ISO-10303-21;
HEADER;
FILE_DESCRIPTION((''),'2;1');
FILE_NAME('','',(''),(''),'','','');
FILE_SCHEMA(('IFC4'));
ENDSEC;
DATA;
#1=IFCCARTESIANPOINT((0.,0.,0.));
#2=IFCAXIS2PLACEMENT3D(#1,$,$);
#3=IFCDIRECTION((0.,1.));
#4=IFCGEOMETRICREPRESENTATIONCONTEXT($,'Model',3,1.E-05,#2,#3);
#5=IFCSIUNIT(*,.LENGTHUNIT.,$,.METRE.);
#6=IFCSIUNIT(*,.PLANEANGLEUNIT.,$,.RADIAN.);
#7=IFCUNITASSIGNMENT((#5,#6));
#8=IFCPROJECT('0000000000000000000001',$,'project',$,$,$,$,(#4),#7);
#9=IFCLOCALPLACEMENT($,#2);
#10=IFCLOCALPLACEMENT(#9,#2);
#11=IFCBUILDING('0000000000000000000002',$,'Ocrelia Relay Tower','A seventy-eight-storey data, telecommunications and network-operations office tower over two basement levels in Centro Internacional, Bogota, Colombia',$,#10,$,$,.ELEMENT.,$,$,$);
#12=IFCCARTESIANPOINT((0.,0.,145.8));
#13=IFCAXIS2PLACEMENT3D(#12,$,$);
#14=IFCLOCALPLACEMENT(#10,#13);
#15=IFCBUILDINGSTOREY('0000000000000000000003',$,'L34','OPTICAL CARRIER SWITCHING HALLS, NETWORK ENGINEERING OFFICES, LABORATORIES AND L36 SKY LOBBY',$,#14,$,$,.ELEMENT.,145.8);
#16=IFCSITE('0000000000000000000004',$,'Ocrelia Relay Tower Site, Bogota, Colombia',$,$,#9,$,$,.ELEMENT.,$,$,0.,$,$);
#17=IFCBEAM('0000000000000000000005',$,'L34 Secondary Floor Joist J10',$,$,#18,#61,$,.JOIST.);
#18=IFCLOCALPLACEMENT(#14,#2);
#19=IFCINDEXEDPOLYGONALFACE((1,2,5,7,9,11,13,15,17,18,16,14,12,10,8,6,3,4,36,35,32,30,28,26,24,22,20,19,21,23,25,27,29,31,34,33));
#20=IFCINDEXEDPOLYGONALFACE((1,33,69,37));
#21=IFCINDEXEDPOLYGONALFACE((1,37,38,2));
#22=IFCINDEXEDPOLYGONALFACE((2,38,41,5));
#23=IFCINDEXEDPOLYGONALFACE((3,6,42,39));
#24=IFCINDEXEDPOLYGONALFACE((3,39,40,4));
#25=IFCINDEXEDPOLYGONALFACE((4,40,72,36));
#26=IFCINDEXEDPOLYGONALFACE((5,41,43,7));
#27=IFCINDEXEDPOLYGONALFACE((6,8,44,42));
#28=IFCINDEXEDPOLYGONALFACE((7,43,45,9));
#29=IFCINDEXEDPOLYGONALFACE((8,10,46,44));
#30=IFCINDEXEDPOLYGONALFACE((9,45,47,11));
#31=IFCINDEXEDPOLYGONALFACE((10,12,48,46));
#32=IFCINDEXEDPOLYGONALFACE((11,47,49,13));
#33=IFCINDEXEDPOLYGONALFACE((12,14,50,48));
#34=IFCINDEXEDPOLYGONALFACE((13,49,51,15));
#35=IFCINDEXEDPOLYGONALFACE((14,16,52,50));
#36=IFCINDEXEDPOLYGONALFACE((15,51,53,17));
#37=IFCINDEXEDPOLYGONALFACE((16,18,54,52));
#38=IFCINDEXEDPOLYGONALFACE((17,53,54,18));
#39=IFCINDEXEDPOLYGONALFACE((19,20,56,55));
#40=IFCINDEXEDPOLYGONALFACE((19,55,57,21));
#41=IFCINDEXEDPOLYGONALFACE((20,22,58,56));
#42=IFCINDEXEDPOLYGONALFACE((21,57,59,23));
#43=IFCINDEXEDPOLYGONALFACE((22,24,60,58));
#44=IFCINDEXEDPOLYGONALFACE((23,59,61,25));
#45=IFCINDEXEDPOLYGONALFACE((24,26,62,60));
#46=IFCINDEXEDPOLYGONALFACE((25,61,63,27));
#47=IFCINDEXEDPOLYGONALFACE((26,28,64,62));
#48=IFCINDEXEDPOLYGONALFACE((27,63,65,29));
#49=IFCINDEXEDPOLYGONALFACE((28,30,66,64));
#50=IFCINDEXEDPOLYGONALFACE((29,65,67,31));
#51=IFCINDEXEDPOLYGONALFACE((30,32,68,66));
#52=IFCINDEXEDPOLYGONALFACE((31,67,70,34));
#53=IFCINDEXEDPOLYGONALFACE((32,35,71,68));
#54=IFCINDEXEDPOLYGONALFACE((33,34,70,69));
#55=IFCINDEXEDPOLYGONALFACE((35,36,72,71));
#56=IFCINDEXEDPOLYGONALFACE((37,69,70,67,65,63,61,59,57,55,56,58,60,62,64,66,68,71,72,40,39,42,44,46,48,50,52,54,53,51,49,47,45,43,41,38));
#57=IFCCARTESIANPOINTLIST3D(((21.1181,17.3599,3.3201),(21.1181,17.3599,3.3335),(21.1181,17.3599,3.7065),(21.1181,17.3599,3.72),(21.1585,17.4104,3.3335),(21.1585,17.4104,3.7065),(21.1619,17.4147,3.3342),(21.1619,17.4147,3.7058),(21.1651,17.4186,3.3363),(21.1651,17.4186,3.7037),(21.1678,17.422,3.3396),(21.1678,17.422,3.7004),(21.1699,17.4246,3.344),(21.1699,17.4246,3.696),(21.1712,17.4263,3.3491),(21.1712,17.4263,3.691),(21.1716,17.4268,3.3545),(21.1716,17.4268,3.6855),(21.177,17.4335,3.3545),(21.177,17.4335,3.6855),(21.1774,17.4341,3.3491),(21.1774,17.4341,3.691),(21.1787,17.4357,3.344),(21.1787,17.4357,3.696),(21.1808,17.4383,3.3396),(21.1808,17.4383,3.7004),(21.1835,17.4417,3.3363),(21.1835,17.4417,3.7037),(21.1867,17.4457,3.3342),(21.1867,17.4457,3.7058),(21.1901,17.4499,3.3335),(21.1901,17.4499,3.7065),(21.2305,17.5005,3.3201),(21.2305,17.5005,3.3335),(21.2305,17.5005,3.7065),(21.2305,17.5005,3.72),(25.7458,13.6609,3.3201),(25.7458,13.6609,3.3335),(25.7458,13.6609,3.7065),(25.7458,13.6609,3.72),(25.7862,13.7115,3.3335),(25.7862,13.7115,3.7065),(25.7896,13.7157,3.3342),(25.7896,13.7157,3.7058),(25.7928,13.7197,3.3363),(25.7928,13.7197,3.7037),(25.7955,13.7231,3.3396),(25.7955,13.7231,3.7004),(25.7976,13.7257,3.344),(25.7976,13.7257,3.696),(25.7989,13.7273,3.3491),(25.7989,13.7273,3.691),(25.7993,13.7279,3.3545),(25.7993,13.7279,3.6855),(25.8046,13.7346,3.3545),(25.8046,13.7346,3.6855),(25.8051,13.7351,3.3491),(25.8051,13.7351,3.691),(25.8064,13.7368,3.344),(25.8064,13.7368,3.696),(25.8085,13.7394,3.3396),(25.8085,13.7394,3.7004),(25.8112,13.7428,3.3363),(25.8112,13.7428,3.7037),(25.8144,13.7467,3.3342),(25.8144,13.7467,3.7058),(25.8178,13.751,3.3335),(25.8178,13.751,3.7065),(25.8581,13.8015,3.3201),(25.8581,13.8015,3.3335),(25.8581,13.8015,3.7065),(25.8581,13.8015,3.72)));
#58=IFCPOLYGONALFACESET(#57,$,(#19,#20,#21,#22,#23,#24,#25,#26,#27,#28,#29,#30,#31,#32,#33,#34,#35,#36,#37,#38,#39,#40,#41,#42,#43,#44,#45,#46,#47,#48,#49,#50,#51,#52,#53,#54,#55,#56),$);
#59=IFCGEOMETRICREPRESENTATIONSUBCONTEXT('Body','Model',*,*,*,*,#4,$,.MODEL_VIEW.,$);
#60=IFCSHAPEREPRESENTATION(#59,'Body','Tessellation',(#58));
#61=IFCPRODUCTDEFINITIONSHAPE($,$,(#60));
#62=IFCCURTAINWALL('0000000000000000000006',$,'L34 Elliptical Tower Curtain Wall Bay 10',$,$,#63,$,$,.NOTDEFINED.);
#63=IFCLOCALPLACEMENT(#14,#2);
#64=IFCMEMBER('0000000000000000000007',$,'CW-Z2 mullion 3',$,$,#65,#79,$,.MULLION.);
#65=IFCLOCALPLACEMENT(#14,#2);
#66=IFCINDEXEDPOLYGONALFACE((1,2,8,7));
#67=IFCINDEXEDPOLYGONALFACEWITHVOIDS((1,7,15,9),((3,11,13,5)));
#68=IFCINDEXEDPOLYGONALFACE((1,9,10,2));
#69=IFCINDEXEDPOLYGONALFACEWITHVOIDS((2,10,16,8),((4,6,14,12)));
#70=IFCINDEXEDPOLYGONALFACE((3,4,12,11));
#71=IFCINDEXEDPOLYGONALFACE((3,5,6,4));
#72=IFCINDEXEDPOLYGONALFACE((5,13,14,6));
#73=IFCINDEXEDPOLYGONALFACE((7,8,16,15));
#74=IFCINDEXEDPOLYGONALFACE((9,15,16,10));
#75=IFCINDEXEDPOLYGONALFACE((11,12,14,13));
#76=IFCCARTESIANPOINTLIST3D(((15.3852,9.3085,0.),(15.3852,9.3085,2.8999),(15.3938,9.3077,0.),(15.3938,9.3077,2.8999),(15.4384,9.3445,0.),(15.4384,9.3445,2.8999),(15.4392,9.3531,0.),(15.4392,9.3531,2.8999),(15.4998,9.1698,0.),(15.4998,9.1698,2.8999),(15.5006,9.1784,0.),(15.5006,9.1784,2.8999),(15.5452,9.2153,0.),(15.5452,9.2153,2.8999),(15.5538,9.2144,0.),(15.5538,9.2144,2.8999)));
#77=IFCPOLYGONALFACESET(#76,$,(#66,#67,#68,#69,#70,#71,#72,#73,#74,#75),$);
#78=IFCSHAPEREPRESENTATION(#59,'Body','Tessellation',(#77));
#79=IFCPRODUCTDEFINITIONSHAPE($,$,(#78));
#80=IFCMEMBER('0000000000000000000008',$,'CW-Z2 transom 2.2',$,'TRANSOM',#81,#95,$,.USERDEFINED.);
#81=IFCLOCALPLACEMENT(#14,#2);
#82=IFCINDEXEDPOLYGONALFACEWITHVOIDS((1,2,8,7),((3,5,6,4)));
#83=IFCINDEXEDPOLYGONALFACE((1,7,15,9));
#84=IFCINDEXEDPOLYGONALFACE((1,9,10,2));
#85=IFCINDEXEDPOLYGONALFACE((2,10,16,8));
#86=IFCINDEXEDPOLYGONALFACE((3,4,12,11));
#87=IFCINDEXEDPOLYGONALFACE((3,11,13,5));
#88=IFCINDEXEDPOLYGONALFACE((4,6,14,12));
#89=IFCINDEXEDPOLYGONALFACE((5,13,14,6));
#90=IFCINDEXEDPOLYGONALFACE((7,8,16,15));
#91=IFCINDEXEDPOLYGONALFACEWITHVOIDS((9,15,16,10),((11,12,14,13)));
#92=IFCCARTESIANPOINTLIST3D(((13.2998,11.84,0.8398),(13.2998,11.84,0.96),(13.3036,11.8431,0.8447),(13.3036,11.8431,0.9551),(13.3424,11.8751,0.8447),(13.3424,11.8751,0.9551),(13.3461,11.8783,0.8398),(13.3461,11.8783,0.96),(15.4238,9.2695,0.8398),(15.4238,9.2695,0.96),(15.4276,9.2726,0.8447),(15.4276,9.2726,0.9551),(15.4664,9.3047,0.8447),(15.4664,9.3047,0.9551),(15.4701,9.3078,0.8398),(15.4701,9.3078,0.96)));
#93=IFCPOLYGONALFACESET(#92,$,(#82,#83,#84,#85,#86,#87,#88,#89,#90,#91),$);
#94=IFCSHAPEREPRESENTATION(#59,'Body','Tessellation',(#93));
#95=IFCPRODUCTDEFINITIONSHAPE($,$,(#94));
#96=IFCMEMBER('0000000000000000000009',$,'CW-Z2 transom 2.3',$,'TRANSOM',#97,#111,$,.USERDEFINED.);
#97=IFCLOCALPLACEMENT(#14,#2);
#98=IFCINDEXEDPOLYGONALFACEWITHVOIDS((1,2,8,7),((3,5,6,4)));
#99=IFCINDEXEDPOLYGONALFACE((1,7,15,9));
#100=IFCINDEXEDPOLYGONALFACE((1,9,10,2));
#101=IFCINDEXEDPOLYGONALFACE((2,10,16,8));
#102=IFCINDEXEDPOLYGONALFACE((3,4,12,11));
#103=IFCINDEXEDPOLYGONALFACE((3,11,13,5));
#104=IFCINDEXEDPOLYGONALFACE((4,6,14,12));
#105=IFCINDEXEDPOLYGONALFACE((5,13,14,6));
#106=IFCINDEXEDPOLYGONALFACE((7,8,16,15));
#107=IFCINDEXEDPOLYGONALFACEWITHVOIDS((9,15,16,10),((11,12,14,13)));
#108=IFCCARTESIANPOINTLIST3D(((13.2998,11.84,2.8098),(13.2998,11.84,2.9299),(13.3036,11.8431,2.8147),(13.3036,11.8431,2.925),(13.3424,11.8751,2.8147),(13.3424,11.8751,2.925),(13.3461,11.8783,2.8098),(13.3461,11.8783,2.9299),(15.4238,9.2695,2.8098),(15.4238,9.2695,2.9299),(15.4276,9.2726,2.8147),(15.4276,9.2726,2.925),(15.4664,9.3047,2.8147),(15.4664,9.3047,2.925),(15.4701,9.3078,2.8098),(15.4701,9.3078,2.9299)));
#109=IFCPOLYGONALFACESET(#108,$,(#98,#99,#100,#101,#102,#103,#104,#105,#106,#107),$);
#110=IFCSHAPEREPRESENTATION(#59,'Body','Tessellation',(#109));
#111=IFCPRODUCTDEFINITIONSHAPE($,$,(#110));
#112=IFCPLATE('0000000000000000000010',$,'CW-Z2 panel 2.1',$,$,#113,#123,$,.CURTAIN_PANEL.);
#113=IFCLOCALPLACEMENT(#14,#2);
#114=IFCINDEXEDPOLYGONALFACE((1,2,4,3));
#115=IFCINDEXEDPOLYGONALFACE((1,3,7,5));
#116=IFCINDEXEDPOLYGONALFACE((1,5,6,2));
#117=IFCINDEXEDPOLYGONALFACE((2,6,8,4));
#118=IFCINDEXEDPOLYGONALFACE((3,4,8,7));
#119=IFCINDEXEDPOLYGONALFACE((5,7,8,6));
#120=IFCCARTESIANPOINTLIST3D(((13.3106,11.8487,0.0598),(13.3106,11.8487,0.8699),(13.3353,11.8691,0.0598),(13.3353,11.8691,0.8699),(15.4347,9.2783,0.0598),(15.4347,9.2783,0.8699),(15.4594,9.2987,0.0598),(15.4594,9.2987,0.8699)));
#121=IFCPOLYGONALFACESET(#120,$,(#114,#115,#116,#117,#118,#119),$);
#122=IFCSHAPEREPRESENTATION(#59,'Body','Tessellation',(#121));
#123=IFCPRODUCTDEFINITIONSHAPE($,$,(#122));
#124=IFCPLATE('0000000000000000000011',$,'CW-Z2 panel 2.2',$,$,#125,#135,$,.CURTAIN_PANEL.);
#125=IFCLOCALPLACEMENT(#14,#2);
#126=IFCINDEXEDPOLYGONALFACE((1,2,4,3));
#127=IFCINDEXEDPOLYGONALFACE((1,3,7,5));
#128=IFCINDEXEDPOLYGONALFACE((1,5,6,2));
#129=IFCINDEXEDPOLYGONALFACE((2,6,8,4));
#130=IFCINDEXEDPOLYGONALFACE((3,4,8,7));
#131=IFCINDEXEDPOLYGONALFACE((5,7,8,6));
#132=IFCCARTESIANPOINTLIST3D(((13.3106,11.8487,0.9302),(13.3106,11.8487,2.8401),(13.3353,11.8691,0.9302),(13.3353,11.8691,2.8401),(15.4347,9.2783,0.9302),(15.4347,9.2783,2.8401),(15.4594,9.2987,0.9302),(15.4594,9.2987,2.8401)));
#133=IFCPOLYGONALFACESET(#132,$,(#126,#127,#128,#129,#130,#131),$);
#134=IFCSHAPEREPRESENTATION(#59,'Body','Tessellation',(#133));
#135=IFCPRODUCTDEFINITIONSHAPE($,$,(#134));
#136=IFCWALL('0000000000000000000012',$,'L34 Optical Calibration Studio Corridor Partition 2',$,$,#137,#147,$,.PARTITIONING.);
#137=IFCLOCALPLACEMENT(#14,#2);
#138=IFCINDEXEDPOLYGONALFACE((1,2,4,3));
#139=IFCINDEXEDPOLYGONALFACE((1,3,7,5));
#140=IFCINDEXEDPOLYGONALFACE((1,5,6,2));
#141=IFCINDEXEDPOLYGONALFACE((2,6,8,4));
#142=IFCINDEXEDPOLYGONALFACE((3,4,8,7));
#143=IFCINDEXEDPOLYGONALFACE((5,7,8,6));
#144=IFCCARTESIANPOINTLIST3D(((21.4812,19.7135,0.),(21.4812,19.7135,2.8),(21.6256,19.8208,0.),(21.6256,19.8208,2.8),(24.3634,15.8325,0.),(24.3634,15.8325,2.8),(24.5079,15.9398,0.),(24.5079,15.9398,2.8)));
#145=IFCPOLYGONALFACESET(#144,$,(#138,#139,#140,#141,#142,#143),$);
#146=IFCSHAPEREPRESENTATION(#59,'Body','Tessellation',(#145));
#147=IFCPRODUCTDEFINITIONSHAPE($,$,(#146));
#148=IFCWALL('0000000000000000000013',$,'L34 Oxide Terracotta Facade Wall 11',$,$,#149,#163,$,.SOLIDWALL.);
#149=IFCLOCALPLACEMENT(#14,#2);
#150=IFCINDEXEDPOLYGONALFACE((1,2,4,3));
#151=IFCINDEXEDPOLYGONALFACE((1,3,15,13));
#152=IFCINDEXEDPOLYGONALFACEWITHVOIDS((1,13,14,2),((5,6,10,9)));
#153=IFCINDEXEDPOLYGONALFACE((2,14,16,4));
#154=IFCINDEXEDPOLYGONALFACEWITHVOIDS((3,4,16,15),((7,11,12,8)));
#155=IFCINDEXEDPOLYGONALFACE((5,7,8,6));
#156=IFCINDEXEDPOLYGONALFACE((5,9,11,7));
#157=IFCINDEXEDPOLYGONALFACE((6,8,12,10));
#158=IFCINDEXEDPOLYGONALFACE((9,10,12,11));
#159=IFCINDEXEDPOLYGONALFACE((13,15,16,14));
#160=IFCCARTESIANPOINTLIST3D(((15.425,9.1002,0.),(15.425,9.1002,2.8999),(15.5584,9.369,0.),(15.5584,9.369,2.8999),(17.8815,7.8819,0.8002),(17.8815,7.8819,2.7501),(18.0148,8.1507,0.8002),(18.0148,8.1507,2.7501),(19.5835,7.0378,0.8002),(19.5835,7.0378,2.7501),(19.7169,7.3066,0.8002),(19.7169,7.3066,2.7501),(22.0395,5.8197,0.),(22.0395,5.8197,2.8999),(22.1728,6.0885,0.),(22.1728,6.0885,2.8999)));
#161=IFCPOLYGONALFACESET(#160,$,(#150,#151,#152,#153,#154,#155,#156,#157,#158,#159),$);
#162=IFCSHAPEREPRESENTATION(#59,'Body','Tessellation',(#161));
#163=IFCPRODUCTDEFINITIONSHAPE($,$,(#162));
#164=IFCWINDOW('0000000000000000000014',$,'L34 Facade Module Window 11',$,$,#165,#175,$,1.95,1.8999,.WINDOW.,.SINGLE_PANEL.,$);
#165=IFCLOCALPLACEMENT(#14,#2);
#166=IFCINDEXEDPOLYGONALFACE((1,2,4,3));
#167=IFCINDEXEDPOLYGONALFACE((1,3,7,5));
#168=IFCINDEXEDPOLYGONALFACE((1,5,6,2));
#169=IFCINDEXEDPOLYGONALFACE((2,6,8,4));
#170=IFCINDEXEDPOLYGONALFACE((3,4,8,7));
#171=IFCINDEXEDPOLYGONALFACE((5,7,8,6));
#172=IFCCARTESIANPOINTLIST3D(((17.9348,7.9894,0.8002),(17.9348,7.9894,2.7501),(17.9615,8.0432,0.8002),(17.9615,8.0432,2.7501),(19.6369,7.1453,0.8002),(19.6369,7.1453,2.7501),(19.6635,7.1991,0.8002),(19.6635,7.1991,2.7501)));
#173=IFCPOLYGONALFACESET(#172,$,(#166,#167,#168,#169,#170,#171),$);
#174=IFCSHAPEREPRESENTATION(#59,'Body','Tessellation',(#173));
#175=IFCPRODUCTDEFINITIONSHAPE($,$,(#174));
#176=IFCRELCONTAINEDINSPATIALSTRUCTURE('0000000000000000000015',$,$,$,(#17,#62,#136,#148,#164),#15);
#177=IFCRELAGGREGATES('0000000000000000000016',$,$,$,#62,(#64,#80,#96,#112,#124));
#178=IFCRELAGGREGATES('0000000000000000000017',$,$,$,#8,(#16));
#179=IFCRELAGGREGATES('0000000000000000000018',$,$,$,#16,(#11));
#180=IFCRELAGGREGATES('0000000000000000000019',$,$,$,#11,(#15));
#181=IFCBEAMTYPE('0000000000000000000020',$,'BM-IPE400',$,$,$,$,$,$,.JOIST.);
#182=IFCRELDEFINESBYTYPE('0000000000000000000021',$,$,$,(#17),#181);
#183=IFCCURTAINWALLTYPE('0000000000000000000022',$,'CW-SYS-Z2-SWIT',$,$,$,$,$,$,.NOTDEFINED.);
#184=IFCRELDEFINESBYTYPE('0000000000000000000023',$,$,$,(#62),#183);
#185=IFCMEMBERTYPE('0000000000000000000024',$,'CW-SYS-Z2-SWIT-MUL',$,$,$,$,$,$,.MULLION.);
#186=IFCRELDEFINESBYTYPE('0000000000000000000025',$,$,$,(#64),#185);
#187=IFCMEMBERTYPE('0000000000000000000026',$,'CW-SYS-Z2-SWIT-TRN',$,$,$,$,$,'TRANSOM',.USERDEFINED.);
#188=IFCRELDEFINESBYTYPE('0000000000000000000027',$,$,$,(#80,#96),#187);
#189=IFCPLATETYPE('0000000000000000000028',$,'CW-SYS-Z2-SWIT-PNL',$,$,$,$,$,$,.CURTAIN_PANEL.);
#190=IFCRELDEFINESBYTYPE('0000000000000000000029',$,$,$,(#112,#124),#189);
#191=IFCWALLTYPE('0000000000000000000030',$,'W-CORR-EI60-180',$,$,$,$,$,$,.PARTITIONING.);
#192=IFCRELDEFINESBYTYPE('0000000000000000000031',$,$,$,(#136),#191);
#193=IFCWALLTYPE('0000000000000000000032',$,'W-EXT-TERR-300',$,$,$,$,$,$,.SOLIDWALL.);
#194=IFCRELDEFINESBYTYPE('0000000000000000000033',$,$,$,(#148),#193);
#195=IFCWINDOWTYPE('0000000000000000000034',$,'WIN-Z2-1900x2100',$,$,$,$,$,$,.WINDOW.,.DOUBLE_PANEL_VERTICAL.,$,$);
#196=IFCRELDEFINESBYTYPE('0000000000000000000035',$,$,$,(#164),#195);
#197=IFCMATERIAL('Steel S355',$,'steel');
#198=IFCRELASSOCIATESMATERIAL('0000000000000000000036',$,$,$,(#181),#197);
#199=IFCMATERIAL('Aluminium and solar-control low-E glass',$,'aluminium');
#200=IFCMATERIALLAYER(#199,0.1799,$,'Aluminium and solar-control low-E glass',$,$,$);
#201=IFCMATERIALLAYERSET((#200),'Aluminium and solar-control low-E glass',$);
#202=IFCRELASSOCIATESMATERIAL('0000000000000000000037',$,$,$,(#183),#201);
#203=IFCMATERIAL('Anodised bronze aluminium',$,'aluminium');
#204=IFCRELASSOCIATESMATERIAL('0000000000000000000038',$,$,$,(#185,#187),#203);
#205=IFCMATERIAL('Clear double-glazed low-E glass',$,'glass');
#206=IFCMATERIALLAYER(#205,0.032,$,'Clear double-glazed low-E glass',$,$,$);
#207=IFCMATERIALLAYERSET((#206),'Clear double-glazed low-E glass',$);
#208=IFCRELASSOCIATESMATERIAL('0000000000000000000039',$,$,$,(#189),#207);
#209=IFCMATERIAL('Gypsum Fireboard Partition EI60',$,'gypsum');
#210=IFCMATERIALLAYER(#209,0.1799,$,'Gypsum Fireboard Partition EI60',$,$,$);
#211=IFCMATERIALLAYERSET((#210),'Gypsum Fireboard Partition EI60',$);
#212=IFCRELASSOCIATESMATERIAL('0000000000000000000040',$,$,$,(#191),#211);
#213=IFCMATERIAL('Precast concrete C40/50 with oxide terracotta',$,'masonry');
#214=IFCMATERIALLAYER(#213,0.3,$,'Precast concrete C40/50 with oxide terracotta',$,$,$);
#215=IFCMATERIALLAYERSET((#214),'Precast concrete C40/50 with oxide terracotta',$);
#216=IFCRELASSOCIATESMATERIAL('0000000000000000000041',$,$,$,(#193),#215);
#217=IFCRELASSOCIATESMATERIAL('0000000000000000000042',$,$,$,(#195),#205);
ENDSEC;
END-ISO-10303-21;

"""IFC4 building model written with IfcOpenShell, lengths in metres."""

from ifc_helpers import new_model, si_unit, direction, frame, frame_2d, origin, origin_2d, place, context, subcontext, project, spatial, rectangle, hollow_rectangle, i_section, extrude, material, layer, layer_set, material_profile, profile_set, type_object, element, fill, aggregate, save


model = new_model("IFC4")

# Units and contexts
model_context = context("Model", 3, precision=1e-05, world=origin(), true_north=direction((0.0, 1.0)))
body_context = subcontext(model_context, "Body", "Model", "MODEL_VIEW")
ifc_project = project(units=[si_unit("LENGTHUNIT", "METRE"), si_unit("PLANEANGLEUNIT", "RADIAN")], contexts=[model_context])

# Site, building, storey
site_placement = place(None, origin())
site = spatial("IfcSite", under=ifc_project, at=site_placement, Name="Ocrelia Relay Tower Site, Bogota, Colombia", CompositionType="ELEMENT", RefElevation=0.0)
building_placement = place(site_placement, origin())
building = spatial("IfcBuilding", under=site, at=building_placement, Name="Ocrelia Relay Tower", Description="A seventy-eight-storey data, telecommunications and network-operations office tower over two basement levels in Centro Internacional, Bogota, Colombia", CompositionType="ELEMENT")
storey_placement = place(building_placement, frame((0.0, 0.0, 145.8)))
storey = spatial("IfcBuildingStorey", under=building, at=storey_placement, Name="L34", Description="OPTICAL CARRIER SWITCHING HALLS, NETWORK ENGINEERING OFFICES, LABORATORIES AND L36 SKY LOBBY", CompositionType="ELEMENT", Elevation=145.8)

# Beam
ifc_material_1 = material(Name="Steel S355", Category="steel")
ifc_material_profile_1 = material_profile(ifc_material_1, i_section(OverallWidth=0.1799, OverallDepth=0.3999, WebThickness=0.0085, FlangeThickness=0.0134, FilletRadius=0.021, at=origin_2d()), Name="IPE 400")
ifc_profile_set_1 = profile_set([ifc_material_profile_1], Name="Steel S355")
beam_type_1 = type_object("IfcBeamType", Name="BM-IPE400", PredefinedType="JOIST", material=ifc_profile_set_1)
beam_1_placement = place(storey_placement, frame((21.1743, 17.4302, 3.52), z_axis=(0.78113, -0.624368, 0.0), x_axis=(0.624368, 0.78113, 0.0)))
element("IfcBeam", 1, at=beam_1_placement, inside=storey, type_object=beam_type_1, Name="L34 Secondary Floor Joist J10", PredefinedType="JOIST", context=body_context, shape_type="SweptSolid", body=[
    extrude(i_section(OverallWidth=0.1799, OverallDepth=0.3999, WebThickness=0.0085, FlangeThickness=0.0134, FilletRadius=0.021, at=origin_2d()), origin(), (0.0, 0.0, 1.0), 5.9243),
])

# Curtain wall, members, plates
ifc_material_2 = material(Name="Aluminium and solar-control low-E glass", Category="aluminium")
ifc_layer_1 = layer(ifc_material_2, 0.1799, Name="Aluminium and solar-control low-E glass")
ifc_layer_set_1 = layer_set([ifc_layer_1], Name="Aluminium and solar-control low-E glass")
curtain_wall_type = type_object("IfcCurtainWallType", Name="CW-SYS-Z2-SWIT", PredefinedType="NOTDEFINED", material=ifc_layer_set_1)
curtain_wall_placement = place(storey_placement, origin())
curtain_wall = element("IfcCurtainWall", 2, at=curtain_wall_placement, inside=storey, type_object=curtain_wall_type, Name="L34 Elliptical Tower Curtain Wall Bay 10", PredefinedType="NOTDEFINED")
ifc_material_3 = material(Name="Anodised bronze aluminium", Category="aluminium")
ifc_material_profile_2 = material_profile(ifc_material_3, hollow_rectangle(XDim=0.0701, YDim=0.1799, WallThickness=0.0061, at=origin_2d()), Name="CW-MUL-180x70")
ifc_profile_set_2 = profile_set([ifc_material_profile_2], Name="Anodised bronze aluminium")
member_type_1 = type_object("IfcMemberType", Name="CW-SYS-Z2-SWIT-MUL", PredefinedType="MULLION", material=ifc_profile_set_2)
member_1_placement = place(storey_placement, frame((15.4695, 9.2615, 0.0), z_axis=(0.0, 0.0, 1.0), x_axis=(0.77086, 0.637005, 0.0)))
member_1 = element("IfcMember", 3, at=member_1_placement, type_object=member_type_1, Name="CW-Z2 mullion 3", PredefinedType="MULLION", context=body_context, shape_type="SweptSolid", body=[
    extrude(hollow_rectangle(XDim=0.0701, YDim=0.1799, WallThickness=0.0061, at=origin_2d()), origin(), (0.0, 0.0, 1.0), 2.8999),
])
ifc_material_profile_3 = material_profile(ifc_material_3, hollow_rectangle(XDim=0.0601, YDim=0.1201, WallThickness=0.0049, at=origin_2d()), Name="CW-TRN-120x60")
ifc_profile_set_3 = profile_set([ifc_material_profile_3], Name="Anodised bronze aluminium")
member_type_2 = type_object("IfcMemberType", Name="CW-SYS-Z2-SWIT-TRN", ElementType="TRANSOM", PredefinedType="USERDEFINED", material=ifc_profile_set_3)
member_2_placement = place(storey_placement, frame((13.323, 11.8591, 0.8999), z_axis=(0.636974, -0.770885, 0.0), x_axis=(0.770885, 0.636974, 0.0)))
member_2 = element("IfcMember", 4, at=member_2_placement, type_object=member_type_2, Name="CW-Z2 transom 2.2", ObjectType="TRANSOM", PredefinedType="USERDEFINED", context=body_context, shape_type="SweptSolid", body=[
    extrude(hollow_rectangle(XDim=0.0601, YDim=0.1201, WallThickness=0.0049, at=origin_2d()), origin(), (0.0, 0.0, 1.0), 3.3345),
])
member_3_placement = place(storey_placement, frame((13.323, 11.8591, 2.8699), z_axis=(0.636974, -0.770885, 0.0), x_axis=(0.770885, 0.636974, 0.0)))
member_3 = element("IfcMember", 5, at=member_3_placement, type_object=member_type_2, Name="CW-Z2 transom 2.3", ObjectType="TRANSOM", PredefinedType="USERDEFINED", context=body_context, shape_type="SweptSolid", body=[
    extrude(hollow_rectangle(XDim=0.0601, YDim=0.1201, WallThickness=0.0049, at=origin_2d()), origin(), (0.0, 0.0, 1.0), 3.3345),
])
ifc_material_4 = material(Name="Clear double-glazed low-E glass", Category="glass")
ifc_layer_2 = layer(ifc_material_4, 0.032, Name="Clear double-glazed low-E glass")
ifc_layer_set_2 = layer_set([ifc_layer_2], Name="Clear double-glazed low-E glass")
plate_type = type_object("IfcPlateType", Name="CW-SYS-Z2-SWIT-PNL", PredefinedType="CURTAIN_PANEL", material=ifc_layer_set_2)
plate_1_placement = place(storey_placement, frame((14.385, 10.5737, 0.0598), z_axis=(0.0, 0.0, 1.0), x_axis=(0.637005, -0.77086, 0.0)))
plate_1 = element("IfcPlate", 6, at=plate_1_placement, type_object=plate_type, Name="CW-Z2 panel 2.1", PredefinedType="CURTAIN_PANEL", context=body_context, shape_type="SweptSolid", body=[
    extrude(rectangle(XDim=3.3345, YDim=0.032, at=origin_2d()), origin(), (0.0, 0.0, 1.0), 0.8101),
])
plate_2_placement = place(storey_placement, frame((14.385, 10.5737, 0.9302), z_axis=(0.0, 0.0, 1.0), x_axis=(0.637005, -0.77086, 0.0)))
plate_2 = element("IfcPlate", 7, at=plate_2_placement, type_object=plate_type, Name="CW-Z2 panel 2.2", PredefinedType="CURTAIN_PANEL", context=body_context, shape_type="SweptSolid", body=[
    extrude(rectangle(XDim=3.3345, YDim=0.032, at=origin_2d()), origin(), (0.0, 0.0, 1.0), 1.9099),
])
aggregate(curtain_wall, [member_1, member_2, member_3, plate_1, plate_2])

# Wall
ifc_material_5 = material(Name="Gypsum Fireboard Partition EI60", Category="gypsum")
ifc_layer_3 = layer(ifc_material_5, 0.1799, Name="Gypsum Fireboard Partition EI60")
ifc_layer_set_3 = layer_set([ifc_layer_3], Name="Gypsum Fireboard Partition EI60")
wall_type_1 = type_object("IfcWallType", Name="W-CORR-EI60-180", PredefinedType="PARTITIONING", material=ifc_layer_set_3)
wall_1_placement = place(storey_placement, frame((21.5535, 19.7671, 0.0), z_axis=(0.0, 0.0, 1.0), x_axis=(0.59622, -0.802821, 0.0)))
element("IfcWall", 8, at=wall_1_placement, inside=storey, type_object=wall_type_1, Name="L34 Optical Calibration Studio Corridor Partition 2", PredefinedType="PARTITIONING", context=body_context, shape_type="SweptSolid", body=[
    extrude(rectangle(XDim=4.8342, YDim=0.1799, at=frame_2d((2.417, 0.0))), origin(), (0.0, 0.0, 1.0), 2.8),
])

# Wall, opening, window
ifc_material_6 = material(Name="Precast concrete C40/50 with oxide terracotta", Category="masonry")
ifc_layer_4 = layer(ifc_material_6, 0.3, Name="Precast concrete C40/50 with oxide terracotta")
ifc_layer_set_4 = layer_set([ifc_layer_4], Name="Precast concrete C40/50 with oxide terracotta")
wall_type_2 = type_object("IfcWallType", Name="W-EXT-TERR-300", PredefinedType="SOLIDWALL", material=ifc_layer_set_4)
wall_2_placement = place(storey_placement, frame((15.4917, 9.2346, 0.0), z_axis=(0.0, 0.0, 1.0), x_axis=(0.895871, -0.444315, 0.0)))
wall_2 = element("IfcWall", 9, at=wall_2_placement, inside=storey, type_object=wall_type_2, Name="L34 Oxide Terracotta Facade Wall 11", PredefinedType="SOLIDWALL", context=body_context, shape_type="SweptSolid", body=[
    extrude(rectangle(XDim=7.3833, YDim=0.3, at=frame_2d((3.6917, 0.0))), origin(), (0.0, 0.0, 1.0), 2.8999),
])
opening_1_placement = place(wall_2_placement, frame((2.7419, 0.0, 0.8)))
opening_1 = element("IfcOpeningElement", 10, at=opening_1_placement, cuts=wall_2, PredefinedType="OPENING", context=body_context, shape_type="SweptSolid", body=[
    extrude(rectangle(XDim=1.8999, YDim=1.95, at=frame_2d((0.95, 0.9751))), frame((0.0, 0.1602, 0.0), z_axis=(0.0, -1.0, 0.0), x_axis=(1.0, 0.0, 0.0)), (0.0, 0.0, 1.0), 0.3201),
])
window_type = type_object("IfcWindowType", Name="WIN-Z2-1900x2100", PartitioningType="DOUBLE_PANEL_VERTICAL", PredefinedType="WINDOW", material=ifc_material_4)
window_1_placement = place(opening_1_placement, origin())
window_1 = element("IfcWindow", 11, at=window_1_placement, inside=storey, type_object=window_type, Name="L34 Facade Module Window 11", OverallHeight=1.95, OverallWidth=1.8999, PartitioningType="SINGLE_PANEL", PredefinedType="WINDOW", context=body_context, shape_type="SweptSolid", body=[
    extrude(rectangle(XDim=1.8999, YDim=1.95, at=frame_2d((0.95, 0.9751))), frame((0.0, 0.03, 0.0), z_axis=(0.0, -1.0, 0.0), x_axis=(1.0, 0.0, 0.0)), (0.0, 0.0, 1.0), 0.0601),
])
fill(opening_1, window_1)

save(model, "model.ifc")
